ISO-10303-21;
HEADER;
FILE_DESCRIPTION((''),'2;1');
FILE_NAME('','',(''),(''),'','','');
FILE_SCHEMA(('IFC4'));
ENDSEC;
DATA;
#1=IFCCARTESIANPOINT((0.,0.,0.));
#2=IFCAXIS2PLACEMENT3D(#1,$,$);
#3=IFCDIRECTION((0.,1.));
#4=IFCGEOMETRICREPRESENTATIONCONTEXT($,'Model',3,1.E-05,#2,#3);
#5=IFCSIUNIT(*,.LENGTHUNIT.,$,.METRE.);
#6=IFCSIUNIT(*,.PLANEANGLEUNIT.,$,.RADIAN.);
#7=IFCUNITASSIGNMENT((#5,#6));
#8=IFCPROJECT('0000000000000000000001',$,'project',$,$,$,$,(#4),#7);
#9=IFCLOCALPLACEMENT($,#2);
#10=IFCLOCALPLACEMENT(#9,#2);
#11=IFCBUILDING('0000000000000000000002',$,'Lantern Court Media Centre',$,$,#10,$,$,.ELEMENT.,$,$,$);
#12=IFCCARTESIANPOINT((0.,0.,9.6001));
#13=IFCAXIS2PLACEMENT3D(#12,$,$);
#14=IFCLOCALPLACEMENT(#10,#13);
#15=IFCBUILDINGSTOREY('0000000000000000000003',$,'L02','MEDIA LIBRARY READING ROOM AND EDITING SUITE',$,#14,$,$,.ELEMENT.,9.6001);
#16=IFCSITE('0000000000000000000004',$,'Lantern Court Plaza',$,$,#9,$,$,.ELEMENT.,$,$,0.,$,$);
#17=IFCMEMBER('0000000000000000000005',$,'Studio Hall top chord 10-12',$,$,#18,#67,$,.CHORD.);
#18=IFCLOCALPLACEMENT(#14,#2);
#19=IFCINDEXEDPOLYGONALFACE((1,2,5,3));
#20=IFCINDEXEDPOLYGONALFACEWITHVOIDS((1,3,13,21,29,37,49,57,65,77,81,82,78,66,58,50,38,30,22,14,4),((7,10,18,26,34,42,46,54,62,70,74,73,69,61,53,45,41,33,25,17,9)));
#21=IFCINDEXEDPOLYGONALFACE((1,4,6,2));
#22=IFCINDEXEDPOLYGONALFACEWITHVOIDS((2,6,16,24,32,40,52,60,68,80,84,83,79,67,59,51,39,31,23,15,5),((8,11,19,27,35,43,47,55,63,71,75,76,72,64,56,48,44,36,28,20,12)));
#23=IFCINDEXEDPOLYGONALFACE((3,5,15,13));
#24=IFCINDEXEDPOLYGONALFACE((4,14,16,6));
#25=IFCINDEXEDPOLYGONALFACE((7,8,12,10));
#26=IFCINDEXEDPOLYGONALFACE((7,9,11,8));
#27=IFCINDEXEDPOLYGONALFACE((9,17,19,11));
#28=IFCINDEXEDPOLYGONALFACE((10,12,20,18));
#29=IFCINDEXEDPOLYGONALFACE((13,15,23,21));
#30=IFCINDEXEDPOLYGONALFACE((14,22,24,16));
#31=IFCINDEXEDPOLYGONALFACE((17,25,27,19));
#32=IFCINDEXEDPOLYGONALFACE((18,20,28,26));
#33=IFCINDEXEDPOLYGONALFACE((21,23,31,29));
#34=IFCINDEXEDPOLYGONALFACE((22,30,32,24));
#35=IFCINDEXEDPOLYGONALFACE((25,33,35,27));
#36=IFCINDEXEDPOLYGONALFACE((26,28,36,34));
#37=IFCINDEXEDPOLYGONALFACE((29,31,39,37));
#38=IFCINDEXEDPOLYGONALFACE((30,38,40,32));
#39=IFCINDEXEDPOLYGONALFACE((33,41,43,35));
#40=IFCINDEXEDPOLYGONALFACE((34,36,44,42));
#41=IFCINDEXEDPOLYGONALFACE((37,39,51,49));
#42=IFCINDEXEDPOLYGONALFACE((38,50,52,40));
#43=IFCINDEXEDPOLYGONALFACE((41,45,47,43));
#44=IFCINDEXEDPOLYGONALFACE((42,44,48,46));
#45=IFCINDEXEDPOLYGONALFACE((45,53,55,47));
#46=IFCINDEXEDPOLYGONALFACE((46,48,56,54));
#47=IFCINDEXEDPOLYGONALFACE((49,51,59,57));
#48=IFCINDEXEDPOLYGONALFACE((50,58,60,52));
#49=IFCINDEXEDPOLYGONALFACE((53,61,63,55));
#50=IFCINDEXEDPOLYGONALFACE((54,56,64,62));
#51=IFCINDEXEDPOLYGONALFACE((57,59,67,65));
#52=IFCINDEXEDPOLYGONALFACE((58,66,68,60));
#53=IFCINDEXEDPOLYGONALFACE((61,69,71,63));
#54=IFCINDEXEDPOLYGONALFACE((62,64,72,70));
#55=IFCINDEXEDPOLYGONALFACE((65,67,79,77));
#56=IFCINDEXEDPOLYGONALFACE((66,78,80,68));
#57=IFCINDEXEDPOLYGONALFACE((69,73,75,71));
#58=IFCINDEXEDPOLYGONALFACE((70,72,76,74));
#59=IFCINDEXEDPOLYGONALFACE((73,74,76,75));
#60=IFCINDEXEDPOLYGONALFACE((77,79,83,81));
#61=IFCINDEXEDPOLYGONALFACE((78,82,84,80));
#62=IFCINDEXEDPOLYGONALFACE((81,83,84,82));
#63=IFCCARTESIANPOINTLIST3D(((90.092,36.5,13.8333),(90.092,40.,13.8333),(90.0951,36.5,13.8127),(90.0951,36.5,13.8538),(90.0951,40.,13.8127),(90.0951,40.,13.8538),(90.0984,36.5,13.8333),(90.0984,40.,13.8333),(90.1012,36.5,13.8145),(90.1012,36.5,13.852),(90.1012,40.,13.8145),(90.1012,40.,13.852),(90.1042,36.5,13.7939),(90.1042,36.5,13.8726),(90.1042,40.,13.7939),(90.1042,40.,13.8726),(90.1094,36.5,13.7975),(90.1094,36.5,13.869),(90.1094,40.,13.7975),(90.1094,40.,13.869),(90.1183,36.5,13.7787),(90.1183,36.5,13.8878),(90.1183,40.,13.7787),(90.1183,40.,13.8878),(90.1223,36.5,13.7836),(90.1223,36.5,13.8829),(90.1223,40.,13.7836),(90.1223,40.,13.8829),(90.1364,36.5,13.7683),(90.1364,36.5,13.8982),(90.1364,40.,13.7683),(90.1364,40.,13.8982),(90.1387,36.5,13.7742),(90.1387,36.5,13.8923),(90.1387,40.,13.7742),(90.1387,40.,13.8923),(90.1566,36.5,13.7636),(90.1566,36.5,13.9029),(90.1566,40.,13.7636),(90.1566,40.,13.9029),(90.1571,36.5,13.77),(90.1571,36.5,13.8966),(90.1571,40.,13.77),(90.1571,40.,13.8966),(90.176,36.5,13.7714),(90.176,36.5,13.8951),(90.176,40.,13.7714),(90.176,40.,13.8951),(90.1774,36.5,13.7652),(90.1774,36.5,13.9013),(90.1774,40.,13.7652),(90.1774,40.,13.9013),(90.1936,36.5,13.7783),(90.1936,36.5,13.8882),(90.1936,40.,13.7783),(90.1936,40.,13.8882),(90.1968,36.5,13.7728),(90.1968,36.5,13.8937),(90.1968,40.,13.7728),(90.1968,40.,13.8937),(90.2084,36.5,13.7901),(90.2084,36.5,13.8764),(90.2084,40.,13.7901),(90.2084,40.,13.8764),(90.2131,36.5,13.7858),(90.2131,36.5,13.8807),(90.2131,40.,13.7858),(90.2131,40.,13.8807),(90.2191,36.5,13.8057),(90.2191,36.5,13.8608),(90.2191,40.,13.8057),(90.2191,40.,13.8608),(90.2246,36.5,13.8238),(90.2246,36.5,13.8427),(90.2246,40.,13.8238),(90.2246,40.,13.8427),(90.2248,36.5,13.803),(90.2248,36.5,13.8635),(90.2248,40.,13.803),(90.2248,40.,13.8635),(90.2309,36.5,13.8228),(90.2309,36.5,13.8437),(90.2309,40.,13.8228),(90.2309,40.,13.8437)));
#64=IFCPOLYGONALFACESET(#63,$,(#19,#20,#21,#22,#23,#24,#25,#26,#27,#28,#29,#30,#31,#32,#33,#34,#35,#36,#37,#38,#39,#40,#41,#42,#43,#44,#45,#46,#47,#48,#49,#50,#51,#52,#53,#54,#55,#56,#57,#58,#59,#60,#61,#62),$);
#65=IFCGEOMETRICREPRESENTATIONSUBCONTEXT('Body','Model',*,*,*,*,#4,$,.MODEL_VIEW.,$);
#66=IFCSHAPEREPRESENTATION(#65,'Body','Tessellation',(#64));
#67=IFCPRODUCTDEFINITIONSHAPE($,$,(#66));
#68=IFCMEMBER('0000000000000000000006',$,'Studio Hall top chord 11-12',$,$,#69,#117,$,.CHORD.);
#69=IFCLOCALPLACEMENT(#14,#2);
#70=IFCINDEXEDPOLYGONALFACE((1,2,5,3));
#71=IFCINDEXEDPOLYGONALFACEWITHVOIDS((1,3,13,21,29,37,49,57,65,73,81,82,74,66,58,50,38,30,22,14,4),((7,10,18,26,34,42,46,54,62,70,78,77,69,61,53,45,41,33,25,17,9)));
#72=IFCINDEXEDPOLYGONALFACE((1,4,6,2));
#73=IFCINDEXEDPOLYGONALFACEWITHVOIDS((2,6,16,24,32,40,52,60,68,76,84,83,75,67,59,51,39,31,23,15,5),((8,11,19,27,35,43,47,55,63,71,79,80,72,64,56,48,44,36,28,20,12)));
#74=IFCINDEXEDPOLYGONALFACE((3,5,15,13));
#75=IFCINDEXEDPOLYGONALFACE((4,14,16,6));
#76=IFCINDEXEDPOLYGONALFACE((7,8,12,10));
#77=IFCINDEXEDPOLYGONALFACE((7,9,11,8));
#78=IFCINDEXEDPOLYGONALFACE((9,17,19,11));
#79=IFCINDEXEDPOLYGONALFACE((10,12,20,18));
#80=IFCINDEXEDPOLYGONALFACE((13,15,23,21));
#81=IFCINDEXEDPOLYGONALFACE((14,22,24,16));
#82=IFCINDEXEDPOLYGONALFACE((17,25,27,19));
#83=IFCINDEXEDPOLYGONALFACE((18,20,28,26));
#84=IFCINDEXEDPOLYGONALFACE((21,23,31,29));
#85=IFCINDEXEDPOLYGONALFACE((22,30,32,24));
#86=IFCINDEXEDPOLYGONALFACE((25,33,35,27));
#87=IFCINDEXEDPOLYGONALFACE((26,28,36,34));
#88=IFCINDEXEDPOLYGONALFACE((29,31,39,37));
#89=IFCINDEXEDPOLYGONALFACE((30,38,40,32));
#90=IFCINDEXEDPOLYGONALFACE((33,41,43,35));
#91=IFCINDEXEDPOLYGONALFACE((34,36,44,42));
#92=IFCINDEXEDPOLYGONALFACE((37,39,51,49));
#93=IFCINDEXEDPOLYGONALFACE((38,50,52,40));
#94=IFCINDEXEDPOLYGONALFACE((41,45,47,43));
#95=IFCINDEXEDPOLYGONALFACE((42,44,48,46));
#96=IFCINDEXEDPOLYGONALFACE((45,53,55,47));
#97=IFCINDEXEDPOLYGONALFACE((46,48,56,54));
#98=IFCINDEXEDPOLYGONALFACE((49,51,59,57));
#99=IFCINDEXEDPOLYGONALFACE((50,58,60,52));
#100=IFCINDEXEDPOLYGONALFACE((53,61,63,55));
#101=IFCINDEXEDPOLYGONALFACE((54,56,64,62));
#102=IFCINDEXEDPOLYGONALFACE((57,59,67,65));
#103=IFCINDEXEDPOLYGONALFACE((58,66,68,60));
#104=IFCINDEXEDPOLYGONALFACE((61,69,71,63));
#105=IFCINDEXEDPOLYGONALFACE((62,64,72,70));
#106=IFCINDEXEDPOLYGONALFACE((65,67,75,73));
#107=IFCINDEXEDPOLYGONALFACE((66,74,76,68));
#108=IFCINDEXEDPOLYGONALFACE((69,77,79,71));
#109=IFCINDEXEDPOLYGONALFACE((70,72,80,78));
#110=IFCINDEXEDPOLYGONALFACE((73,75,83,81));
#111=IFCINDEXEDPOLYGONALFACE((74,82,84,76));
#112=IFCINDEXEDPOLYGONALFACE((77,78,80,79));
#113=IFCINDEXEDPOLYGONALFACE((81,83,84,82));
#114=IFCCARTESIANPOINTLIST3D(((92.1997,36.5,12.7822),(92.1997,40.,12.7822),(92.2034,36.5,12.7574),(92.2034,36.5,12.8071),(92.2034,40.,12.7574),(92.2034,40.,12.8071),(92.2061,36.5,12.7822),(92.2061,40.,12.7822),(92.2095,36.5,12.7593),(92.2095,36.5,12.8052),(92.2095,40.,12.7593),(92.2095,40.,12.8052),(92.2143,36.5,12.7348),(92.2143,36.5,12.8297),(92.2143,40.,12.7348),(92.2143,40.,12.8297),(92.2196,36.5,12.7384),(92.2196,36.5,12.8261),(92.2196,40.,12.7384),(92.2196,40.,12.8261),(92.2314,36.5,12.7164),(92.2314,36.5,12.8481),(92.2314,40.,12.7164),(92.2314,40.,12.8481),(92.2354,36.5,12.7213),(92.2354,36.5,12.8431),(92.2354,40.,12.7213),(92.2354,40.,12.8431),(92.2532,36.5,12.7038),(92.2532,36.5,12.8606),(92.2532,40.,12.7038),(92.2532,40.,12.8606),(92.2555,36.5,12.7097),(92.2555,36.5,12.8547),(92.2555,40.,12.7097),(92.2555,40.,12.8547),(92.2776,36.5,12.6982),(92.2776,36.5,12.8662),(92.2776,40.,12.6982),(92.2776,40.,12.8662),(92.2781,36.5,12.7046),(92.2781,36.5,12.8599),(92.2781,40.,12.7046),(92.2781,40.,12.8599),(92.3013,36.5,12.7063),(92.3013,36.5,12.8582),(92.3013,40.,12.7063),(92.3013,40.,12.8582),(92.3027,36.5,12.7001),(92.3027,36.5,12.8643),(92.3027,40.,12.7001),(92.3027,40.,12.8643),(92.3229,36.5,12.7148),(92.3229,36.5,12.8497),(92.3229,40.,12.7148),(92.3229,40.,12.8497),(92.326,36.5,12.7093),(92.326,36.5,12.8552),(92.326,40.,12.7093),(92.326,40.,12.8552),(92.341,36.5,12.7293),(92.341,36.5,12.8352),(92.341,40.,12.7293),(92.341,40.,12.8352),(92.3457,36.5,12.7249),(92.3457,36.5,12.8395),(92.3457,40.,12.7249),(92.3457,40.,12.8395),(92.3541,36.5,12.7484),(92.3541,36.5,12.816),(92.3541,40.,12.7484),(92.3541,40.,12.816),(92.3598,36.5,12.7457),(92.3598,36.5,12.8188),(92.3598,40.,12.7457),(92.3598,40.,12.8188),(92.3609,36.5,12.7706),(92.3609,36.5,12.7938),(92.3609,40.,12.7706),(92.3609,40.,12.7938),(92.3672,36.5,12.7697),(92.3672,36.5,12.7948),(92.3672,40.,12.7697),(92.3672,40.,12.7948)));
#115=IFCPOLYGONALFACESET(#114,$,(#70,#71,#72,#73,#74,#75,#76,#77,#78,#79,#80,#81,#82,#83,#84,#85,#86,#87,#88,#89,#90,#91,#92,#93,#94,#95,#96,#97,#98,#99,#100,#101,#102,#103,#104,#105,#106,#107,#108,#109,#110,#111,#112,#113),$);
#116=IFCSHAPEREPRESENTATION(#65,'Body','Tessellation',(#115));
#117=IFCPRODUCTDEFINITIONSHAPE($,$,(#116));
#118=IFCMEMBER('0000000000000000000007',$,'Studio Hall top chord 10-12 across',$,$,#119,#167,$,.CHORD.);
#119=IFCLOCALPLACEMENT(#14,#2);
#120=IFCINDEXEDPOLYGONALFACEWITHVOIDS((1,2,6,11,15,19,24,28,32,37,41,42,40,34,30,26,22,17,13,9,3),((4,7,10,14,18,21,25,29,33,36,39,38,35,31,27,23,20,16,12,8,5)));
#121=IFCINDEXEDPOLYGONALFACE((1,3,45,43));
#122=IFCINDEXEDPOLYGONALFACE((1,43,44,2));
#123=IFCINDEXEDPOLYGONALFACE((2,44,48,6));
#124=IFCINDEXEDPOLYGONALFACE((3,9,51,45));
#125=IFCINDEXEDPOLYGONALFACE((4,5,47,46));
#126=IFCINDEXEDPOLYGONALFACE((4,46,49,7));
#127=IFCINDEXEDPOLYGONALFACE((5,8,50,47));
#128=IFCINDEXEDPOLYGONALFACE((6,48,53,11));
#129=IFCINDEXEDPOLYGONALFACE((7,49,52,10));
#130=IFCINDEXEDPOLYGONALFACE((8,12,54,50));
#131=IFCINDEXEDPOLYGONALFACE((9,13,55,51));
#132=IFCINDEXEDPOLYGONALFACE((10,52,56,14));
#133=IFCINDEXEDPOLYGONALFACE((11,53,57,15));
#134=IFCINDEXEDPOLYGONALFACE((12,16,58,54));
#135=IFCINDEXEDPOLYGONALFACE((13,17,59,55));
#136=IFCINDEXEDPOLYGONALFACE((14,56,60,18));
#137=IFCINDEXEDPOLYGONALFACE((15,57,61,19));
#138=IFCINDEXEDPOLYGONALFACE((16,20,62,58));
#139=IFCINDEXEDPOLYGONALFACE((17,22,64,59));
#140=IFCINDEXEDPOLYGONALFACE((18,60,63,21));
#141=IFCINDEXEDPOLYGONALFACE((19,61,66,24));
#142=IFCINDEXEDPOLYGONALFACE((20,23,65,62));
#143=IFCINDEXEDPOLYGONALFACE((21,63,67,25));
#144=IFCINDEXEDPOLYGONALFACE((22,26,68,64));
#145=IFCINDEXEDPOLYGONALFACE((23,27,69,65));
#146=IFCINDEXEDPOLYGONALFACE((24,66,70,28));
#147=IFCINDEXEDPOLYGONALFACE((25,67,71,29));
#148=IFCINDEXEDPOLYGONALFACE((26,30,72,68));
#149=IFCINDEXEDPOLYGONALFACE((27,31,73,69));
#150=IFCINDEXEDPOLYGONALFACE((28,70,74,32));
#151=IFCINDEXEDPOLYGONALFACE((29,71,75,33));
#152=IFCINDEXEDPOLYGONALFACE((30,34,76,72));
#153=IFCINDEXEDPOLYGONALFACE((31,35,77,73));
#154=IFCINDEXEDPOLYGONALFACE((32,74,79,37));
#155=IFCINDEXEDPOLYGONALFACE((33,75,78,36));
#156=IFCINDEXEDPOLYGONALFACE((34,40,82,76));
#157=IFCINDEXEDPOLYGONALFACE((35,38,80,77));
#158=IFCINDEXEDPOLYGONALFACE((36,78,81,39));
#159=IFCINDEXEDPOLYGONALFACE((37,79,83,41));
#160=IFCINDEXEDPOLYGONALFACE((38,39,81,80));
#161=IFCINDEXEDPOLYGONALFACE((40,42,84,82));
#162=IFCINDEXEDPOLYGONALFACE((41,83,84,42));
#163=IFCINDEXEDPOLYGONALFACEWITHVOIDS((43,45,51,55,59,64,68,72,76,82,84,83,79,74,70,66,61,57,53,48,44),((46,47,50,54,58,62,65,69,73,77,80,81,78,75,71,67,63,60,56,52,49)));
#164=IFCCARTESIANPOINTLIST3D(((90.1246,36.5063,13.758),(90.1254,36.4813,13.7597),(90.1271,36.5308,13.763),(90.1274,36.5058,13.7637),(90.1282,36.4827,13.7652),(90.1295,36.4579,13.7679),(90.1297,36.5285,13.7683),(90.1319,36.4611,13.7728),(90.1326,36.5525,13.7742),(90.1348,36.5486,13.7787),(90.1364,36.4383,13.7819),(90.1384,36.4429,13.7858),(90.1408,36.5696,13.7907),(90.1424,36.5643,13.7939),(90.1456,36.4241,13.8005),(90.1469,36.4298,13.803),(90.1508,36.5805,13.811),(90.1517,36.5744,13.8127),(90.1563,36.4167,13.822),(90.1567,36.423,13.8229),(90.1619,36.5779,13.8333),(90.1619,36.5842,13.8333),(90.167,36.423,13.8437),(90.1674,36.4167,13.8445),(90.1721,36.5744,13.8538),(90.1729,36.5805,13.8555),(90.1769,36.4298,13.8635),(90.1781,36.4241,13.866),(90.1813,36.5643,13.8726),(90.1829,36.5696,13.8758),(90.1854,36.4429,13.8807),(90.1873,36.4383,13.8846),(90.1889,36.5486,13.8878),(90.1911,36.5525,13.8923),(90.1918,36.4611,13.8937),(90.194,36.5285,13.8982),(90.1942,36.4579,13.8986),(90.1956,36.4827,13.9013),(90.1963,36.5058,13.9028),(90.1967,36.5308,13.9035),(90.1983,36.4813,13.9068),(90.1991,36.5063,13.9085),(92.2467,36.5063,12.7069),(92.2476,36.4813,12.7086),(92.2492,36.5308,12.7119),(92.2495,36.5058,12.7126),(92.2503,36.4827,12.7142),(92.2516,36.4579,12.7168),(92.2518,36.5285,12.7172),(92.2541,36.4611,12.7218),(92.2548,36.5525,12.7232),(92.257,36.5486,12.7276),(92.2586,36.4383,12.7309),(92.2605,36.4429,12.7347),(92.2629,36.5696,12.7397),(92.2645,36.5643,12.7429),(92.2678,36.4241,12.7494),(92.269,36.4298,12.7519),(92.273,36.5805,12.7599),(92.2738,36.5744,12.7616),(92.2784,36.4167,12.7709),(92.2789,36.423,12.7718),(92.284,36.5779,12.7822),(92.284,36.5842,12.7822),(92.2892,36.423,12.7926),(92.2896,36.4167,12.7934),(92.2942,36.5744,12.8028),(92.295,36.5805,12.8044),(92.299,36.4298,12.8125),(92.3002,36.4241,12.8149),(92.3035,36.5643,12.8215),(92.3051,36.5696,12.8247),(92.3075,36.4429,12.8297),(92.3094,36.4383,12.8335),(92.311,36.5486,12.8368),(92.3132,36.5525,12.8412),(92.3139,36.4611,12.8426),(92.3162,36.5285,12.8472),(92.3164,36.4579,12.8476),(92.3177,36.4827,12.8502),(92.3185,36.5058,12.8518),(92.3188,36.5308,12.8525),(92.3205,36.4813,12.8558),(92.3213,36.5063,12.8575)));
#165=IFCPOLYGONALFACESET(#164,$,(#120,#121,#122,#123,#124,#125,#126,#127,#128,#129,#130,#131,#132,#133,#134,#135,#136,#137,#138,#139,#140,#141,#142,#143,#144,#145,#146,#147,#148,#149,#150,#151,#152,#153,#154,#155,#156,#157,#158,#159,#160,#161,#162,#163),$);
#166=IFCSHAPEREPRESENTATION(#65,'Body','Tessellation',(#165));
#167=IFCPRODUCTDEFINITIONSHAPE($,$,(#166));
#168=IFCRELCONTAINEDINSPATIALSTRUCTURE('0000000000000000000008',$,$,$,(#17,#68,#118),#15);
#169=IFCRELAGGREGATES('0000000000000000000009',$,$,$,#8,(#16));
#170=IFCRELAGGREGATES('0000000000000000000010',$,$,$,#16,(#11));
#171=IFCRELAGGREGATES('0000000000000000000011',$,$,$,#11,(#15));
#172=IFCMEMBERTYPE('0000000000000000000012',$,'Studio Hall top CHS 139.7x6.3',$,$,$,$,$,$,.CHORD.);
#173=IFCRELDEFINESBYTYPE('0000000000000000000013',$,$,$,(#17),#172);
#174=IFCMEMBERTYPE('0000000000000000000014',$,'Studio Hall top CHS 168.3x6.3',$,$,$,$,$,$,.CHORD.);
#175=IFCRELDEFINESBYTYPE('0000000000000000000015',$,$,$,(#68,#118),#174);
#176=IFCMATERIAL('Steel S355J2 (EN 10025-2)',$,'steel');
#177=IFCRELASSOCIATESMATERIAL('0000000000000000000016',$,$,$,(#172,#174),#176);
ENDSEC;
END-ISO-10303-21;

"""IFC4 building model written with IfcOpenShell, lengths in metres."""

from ifc_helpers import new_model, si_unit, direction, frame, origin, origin_2d, place, context, subcontext, project, spatial, hollow_circle, extrude, material, material_profile, profile_set, type_object, element, save


model = new_model("IFC4")

# Units and contexts
model_context = context("Model", 3, precision=1e-05, world=origin(), true_north=direction((0.0, 1.0)))
body_context = subcontext(model_context, "Body", "Model", "MODEL_VIEW")
ifc_project = project(units=[si_unit("LENGTHUNIT", "METRE"), si_unit("PLANEANGLEUNIT", "RADIAN")], contexts=[model_context])

# Site, building, storey
site_placement = place(None, origin())
site = spatial("IfcSite", under=ifc_project, at=site_placement, Name="Lantern Court Plaza", CompositionType="ELEMENT", RefElevation=0.0)
building_placement = place(site_placement, origin())
building = spatial("IfcBuilding", under=site, at=building_placement, Name="Lantern Court Media Centre", CompositionType="ELEMENT")
storey_placement = place(building_placement, frame((0.0, 0.0, 9.6001)))
storey = spatial("IfcBuildingStorey", under=building, at=storey_placement, Name="L02", Description="MEDIA LIBRARY READING ROOM AND EDITING SUITE", CompositionType="ELEMENT", Elevation=9.6001)

# Members
ifc_material = material(Name="Steel S355J2 (EN 10025-2)", Category="steel")
ifc_material_profile_1 = material_profile(ifc_material, hollow_circle(Radius=0.0698, WallThickness=0.0063, at=origin_2d()), Name="Studio Hall top CHS 139.7x6.3")
ifc_profile_set_1 = profile_set([ifc_material_profile_1], Name="Steel S355J2 (EN 10025-2)")
member_type_1 = type_object("IfcMemberType", Name="Studio Hall top CHS 139.7x6.3", PredefinedType="CHORD", material=ifc_profile_set_1)
member_1_placement = place(storey_placement, frame((90.1619, 36.5, 13.8333), z_axis=(0.0, 1.0, 0.0), x_axis=(-1.0, 0.0, 0.0)))
element("IfcMember", 1, at=member_1_placement, inside=storey, type_object=member_type_1, Name="Studio Hall top chord 10-12", PredefinedType="CHORD", context=body_context, shape_type="SweptSolid", body=[
    extrude(hollow_circle(Radius=0.0698, WallThickness=0.0063, at=origin_2d()), origin(), (0.0, 0.0, 1.0), 3.5),
])
ifc_material_profile_2 = material_profile(ifc_material, hollow_circle(Radius=0.0842, WallThickness=0.0063, at=origin_2d()), Name="Studio Hall top CHS 168.3x6.3")
ifc_profile_set_2 = profile_set([ifc_material_profile_2], Name="Steel S355J2 (EN 10025-2)")
member_type_2 = type_object("IfcMemberType", Name="Studio Hall top CHS 168.3x6.3", PredefinedType="CHORD", material=ifc_profile_set_2)
member_2_placement = place(storey_placement, frame((92.2839, 36.5, 12.7822), z_axis=(0.0, 1.0, 0.0), x_axis=(-1.0, 0.0, 0.0)))
element("IfcMember", 2, at=member_2_placement, inside=storey, type_object=member_type_2, Name="Studio Hall top chord 11-12", PredefinedType="CHORD", context=body_context, shape_type="SweptSolid", body=[
    extrude(hollow_circle(Radius=0.0842, WallThickness=0.0063, at=origin_2d()), origin(), (0.0, 0.0, 1.0), 3.5),
])
member_3_placement = place(storey_placement, frame((90.1619, 36.5, 13.8333), z_axis=(0.896112, 0.0, -0.443829), x_axis=(0.0, 1.0, 0.0)))
element("IfcMember", 3, at=member_3_placement, inside=storey, type_object=member_type_2, Name="Studio Hall top chord 10-12 across", PredefinedType="CHORD", context=body_context, shape_type="SweptSolid", body=[
    extrude(hollow_circle(Radius=0.0842, WallThickness=0.0063, at=origin_2d()), origin(), (0.0, 0.0, 1.0), 2.3682),
])

save(model, "model.ifc")
